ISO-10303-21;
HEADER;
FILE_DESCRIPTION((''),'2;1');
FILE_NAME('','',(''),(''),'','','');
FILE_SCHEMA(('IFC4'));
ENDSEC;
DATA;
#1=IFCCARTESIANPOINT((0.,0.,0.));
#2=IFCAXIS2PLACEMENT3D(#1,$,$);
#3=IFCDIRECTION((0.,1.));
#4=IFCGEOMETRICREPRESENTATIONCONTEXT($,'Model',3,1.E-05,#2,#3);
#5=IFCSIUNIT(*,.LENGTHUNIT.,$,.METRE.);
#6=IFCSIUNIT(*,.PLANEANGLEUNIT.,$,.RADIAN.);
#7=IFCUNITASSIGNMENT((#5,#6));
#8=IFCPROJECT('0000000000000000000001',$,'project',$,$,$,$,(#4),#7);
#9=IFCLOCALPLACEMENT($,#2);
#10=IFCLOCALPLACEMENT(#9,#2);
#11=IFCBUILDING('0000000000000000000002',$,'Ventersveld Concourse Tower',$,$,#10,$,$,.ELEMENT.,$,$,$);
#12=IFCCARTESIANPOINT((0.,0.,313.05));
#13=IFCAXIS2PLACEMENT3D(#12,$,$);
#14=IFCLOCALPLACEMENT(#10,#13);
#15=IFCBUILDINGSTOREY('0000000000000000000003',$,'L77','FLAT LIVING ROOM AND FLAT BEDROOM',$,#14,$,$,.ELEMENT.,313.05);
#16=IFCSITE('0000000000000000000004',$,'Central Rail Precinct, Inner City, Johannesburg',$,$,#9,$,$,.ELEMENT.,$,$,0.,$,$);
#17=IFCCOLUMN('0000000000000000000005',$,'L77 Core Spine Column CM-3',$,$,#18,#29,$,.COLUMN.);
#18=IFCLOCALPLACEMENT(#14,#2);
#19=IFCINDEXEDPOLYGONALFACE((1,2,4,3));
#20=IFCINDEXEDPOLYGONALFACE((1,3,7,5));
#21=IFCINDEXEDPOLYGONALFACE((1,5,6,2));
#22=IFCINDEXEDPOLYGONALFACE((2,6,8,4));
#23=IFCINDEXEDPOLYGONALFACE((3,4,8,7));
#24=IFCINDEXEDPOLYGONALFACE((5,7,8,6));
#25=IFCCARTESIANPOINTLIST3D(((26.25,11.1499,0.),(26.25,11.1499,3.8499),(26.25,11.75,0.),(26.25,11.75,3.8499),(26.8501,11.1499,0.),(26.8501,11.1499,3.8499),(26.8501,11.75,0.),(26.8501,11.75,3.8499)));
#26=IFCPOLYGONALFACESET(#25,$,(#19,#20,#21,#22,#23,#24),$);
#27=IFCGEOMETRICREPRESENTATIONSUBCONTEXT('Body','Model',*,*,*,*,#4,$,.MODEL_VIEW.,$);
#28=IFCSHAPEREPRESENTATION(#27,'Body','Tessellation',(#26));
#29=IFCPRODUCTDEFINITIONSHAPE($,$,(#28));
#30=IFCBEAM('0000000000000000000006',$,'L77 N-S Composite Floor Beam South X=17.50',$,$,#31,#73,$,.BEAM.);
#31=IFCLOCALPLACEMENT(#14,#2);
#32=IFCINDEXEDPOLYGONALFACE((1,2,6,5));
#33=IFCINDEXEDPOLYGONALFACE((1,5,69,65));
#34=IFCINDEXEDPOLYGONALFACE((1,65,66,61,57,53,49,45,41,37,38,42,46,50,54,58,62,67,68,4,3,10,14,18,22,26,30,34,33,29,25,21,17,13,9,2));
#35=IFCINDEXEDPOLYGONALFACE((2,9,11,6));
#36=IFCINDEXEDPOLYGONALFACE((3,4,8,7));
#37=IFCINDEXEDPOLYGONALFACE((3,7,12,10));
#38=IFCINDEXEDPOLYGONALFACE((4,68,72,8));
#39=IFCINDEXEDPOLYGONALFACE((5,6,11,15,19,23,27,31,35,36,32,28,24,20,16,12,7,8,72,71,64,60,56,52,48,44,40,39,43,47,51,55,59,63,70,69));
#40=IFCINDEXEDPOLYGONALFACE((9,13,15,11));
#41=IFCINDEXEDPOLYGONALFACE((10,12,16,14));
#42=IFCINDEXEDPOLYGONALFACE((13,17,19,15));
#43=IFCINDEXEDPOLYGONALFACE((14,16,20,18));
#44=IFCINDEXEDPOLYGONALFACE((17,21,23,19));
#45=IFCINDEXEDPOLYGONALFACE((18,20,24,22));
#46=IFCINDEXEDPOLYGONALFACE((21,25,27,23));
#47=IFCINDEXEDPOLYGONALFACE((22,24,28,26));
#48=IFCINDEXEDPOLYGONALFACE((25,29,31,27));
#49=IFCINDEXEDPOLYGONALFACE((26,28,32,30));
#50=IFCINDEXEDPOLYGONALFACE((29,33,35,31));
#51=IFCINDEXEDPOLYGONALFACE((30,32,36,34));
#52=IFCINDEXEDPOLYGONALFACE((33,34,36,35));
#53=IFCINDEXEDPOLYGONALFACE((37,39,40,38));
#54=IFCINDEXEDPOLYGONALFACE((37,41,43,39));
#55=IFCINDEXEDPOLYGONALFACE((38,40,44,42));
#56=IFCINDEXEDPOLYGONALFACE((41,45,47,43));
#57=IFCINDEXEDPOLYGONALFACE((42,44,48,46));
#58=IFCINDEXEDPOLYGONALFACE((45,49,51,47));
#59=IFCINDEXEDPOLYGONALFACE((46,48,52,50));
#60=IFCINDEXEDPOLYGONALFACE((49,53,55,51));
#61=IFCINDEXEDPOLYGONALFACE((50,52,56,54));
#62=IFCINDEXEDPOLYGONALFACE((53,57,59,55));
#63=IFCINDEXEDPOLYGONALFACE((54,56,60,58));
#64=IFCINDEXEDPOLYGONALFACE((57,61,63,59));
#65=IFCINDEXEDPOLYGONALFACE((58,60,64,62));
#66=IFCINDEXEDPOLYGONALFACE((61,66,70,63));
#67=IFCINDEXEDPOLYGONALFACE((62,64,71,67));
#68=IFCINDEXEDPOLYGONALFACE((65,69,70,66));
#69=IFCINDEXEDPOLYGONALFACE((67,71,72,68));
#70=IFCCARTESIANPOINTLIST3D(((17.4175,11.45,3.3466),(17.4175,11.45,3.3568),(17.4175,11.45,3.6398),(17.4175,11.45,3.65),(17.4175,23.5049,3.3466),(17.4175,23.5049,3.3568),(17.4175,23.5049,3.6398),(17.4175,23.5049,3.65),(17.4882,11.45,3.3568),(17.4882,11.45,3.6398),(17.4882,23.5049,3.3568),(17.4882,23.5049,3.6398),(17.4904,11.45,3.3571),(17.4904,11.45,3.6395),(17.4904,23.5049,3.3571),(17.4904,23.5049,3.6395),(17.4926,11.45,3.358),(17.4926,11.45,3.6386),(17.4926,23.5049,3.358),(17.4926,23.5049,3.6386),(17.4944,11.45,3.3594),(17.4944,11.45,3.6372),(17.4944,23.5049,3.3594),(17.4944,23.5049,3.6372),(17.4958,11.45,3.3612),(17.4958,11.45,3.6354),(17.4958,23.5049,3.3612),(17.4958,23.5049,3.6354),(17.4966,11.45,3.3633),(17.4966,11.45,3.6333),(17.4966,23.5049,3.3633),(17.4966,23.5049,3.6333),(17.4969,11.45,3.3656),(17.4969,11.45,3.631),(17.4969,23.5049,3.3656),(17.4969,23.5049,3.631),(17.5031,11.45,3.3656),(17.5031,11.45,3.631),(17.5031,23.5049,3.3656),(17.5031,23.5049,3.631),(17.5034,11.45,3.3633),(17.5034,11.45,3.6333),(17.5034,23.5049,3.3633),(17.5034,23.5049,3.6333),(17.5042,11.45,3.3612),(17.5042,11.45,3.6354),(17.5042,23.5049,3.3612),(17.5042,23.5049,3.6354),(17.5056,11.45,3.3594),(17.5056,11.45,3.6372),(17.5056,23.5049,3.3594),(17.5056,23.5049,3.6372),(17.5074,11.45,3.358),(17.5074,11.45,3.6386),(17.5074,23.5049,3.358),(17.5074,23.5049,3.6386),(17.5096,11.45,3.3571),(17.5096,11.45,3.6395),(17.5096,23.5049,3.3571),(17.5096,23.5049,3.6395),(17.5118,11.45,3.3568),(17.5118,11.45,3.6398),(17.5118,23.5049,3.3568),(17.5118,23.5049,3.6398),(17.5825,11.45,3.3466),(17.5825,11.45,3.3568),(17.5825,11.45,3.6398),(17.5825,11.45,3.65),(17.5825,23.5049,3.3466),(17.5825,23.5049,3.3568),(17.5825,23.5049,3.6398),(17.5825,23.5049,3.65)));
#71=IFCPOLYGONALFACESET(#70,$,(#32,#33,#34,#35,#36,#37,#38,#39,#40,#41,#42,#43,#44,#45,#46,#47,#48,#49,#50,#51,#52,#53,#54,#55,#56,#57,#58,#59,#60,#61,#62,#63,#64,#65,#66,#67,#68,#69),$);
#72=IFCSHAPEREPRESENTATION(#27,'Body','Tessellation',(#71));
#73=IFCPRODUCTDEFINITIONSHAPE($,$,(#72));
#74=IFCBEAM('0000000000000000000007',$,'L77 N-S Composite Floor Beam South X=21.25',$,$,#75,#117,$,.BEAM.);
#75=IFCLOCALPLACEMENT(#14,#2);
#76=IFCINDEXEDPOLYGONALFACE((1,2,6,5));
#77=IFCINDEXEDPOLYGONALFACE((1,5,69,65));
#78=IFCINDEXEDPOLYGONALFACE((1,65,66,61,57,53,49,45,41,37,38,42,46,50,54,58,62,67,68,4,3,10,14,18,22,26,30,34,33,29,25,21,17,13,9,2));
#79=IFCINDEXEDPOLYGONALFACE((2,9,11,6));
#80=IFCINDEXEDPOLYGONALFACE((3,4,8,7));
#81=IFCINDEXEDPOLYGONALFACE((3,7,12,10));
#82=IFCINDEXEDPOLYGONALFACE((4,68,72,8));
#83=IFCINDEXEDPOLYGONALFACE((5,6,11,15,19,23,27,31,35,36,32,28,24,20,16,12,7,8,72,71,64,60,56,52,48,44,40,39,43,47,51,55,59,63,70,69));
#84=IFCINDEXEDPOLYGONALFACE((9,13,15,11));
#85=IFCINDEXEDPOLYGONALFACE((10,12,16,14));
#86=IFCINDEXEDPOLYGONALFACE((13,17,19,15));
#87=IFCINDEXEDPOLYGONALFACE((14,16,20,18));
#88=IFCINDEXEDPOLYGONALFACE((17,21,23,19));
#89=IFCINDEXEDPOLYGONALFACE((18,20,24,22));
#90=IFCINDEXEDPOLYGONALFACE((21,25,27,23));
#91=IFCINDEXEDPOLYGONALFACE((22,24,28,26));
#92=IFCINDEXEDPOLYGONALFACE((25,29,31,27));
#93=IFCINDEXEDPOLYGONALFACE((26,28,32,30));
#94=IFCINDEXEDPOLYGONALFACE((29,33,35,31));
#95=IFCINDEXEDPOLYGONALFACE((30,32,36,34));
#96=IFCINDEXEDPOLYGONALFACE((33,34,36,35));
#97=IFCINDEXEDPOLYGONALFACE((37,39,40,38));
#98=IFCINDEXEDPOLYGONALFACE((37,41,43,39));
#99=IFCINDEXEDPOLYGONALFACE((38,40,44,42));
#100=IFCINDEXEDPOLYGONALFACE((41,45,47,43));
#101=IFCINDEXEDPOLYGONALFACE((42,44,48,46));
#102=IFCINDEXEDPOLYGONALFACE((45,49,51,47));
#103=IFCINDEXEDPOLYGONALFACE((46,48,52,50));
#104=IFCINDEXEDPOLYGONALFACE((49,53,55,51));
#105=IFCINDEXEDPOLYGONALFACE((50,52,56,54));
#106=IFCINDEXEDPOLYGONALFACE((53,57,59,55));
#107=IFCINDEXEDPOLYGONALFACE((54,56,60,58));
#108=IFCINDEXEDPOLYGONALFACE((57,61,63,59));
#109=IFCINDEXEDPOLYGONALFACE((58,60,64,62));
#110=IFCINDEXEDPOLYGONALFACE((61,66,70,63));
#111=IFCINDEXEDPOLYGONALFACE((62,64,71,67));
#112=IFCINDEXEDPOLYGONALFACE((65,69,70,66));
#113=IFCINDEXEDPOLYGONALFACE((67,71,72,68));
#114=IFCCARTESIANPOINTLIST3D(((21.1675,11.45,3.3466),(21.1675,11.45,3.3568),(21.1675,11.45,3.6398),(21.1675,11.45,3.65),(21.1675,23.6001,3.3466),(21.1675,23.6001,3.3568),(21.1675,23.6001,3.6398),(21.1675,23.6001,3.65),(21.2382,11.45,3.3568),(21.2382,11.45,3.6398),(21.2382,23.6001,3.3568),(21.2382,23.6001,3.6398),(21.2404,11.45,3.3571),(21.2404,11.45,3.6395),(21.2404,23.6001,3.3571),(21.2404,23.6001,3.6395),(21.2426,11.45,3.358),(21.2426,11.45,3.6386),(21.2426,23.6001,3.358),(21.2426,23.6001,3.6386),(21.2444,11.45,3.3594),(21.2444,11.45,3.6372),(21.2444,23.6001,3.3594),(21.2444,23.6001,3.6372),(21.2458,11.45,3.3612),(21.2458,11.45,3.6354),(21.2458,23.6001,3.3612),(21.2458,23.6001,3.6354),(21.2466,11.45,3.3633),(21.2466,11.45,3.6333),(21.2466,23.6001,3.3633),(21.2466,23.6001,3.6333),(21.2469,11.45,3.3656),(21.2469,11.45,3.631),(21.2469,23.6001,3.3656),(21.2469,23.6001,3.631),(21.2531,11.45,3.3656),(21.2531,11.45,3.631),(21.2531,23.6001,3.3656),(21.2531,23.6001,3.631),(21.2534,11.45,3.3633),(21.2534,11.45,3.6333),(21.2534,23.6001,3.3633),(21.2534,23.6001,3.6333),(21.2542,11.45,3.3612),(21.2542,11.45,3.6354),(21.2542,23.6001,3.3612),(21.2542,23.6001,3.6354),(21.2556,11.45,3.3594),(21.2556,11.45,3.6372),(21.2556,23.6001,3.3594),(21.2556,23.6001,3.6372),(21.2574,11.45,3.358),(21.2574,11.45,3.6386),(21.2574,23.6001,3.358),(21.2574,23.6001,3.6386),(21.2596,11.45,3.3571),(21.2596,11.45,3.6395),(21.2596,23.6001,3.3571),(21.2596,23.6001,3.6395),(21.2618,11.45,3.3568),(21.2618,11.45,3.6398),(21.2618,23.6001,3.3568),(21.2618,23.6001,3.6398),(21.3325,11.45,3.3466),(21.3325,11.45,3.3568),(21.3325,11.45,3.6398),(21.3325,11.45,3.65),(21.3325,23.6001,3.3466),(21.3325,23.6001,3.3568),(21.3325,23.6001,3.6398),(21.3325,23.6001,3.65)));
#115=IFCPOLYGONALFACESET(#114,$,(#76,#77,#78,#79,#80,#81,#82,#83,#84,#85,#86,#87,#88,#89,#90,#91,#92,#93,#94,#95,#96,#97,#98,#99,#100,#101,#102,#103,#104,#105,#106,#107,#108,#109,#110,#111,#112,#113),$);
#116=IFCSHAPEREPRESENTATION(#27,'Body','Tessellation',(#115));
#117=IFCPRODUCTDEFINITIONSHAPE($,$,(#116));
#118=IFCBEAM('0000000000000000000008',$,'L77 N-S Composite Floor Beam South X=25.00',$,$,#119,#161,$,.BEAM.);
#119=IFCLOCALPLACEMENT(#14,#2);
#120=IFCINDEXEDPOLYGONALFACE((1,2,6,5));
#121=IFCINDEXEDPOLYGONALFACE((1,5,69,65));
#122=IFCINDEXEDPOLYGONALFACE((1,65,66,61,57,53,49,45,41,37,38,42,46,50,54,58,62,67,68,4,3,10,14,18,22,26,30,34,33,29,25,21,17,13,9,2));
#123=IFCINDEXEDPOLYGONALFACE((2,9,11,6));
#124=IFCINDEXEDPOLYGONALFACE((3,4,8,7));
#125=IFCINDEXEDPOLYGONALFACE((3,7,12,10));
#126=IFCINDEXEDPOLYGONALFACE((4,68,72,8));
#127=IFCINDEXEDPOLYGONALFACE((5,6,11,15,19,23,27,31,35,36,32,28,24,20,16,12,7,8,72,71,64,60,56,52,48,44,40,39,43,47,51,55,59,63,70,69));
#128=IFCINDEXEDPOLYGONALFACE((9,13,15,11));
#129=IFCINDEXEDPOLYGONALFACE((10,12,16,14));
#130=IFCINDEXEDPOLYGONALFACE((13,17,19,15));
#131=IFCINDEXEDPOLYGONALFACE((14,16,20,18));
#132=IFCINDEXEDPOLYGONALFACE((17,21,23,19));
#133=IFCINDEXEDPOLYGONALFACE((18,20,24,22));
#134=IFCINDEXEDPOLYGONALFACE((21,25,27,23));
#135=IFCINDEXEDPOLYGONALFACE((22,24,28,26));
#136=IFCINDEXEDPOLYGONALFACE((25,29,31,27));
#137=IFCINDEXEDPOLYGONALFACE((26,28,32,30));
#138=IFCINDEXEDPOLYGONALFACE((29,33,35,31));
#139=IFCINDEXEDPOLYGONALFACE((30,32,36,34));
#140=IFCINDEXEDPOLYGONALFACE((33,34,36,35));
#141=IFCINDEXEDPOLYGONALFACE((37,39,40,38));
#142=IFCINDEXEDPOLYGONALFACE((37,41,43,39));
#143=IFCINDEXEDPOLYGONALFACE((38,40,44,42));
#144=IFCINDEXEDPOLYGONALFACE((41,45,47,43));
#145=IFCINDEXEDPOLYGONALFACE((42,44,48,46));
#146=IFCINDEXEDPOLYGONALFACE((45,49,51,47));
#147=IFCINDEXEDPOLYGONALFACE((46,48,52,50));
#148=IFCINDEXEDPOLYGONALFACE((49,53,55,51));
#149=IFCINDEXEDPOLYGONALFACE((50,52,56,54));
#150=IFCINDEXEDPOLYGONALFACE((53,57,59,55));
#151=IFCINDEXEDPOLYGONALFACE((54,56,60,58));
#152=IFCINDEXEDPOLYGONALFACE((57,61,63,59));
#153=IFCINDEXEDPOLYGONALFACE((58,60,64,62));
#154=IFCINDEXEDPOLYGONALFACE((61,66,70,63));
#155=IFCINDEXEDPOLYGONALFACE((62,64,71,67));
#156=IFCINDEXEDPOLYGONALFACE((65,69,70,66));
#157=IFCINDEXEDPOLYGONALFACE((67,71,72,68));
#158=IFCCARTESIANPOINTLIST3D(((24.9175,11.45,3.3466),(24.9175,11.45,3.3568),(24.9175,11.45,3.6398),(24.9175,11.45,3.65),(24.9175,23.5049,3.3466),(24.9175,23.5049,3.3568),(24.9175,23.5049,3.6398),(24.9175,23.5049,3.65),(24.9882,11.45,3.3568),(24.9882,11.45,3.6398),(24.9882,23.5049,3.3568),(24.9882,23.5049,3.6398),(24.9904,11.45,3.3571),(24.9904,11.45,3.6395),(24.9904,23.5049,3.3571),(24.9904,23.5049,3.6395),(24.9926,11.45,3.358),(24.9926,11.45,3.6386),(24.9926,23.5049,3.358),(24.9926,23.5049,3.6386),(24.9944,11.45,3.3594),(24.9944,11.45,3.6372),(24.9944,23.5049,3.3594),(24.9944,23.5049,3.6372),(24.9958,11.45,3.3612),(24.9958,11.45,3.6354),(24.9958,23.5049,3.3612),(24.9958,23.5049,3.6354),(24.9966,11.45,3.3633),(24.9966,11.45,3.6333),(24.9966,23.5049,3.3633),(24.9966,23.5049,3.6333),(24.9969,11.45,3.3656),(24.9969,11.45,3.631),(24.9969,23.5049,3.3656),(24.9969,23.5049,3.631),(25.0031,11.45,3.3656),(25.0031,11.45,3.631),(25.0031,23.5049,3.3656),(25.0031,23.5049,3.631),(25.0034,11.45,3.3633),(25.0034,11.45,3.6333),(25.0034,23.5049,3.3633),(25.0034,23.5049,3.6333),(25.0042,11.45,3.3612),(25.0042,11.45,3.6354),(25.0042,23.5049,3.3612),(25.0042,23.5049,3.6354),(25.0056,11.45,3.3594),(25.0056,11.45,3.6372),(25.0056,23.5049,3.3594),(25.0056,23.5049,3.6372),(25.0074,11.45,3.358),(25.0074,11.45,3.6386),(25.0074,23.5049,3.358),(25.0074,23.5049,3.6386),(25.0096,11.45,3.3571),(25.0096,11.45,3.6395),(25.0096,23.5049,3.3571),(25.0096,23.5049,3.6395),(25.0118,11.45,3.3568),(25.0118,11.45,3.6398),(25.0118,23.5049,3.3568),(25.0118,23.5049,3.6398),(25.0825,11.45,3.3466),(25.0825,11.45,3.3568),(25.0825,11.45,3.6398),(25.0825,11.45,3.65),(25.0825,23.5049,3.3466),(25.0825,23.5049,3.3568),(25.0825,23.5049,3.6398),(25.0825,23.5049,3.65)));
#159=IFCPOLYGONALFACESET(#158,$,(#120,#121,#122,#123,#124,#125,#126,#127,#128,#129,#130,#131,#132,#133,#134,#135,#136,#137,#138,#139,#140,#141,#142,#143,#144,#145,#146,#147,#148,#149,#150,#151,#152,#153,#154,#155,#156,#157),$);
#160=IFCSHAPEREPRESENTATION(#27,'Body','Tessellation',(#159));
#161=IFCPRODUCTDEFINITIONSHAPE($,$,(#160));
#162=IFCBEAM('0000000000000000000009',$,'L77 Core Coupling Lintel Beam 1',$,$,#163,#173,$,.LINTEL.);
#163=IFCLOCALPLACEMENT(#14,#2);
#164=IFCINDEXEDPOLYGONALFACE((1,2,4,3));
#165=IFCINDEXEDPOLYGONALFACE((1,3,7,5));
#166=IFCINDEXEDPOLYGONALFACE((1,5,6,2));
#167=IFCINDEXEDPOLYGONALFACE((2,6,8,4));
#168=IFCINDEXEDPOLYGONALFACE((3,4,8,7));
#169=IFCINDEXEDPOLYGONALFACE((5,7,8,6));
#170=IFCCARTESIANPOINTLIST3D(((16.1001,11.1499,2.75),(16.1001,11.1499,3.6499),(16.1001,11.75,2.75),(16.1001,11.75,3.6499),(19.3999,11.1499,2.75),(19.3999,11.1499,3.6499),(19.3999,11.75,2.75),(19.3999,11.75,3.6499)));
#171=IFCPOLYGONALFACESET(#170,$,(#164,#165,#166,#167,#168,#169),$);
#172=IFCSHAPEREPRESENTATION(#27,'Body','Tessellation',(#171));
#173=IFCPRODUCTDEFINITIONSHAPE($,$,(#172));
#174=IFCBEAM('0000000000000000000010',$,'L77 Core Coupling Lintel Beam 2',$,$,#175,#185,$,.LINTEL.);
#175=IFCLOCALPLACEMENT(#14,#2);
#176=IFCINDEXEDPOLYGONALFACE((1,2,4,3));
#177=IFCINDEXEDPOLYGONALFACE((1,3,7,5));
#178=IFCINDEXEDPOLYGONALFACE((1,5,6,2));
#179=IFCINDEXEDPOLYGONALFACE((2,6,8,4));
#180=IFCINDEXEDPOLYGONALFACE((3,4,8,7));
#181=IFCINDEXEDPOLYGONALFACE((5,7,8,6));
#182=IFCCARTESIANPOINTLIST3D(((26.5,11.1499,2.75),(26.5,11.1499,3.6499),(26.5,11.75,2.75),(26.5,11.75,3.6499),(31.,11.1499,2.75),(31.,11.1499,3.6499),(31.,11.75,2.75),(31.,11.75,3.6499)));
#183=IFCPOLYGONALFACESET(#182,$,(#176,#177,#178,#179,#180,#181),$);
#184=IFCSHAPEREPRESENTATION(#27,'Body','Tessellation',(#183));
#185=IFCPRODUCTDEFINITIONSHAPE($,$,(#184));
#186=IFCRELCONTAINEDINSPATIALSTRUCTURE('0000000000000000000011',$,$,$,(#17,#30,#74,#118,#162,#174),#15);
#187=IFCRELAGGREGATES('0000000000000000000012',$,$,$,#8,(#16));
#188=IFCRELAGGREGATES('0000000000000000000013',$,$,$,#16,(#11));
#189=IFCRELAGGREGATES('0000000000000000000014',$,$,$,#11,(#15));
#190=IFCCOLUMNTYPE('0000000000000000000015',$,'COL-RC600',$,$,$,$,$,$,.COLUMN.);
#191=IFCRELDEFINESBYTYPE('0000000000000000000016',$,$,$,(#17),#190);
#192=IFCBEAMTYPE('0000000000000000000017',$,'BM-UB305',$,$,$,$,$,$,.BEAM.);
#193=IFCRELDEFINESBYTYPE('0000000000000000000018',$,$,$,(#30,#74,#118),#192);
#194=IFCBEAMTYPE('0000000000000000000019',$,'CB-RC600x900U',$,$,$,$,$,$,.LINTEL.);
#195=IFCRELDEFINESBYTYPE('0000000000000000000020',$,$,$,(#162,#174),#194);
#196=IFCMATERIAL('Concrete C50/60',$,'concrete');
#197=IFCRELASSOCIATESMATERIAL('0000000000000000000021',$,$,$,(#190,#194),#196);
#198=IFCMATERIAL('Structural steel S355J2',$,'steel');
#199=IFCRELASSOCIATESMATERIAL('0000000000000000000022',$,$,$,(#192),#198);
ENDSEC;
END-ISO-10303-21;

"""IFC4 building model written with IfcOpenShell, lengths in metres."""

from ifc_helpers import new_model, si_unit, direction, frame, origin, origin_2d, place, context, subcontext, project, spatial, rectangle, i_section, extrude, material, material_profile, profile_set, type_object, element, save


model = new_model("IFC4")

# Units and contexts
model_context = context("Model", 3, precision=1e-05, world=origin(), true_north=direction((0.0, 1.0)))
body_context = subcontext(model_context, "Body", "Model", "MODEL_VIEW")
ifc_project = project(units=[si_unit("LENGTHUNIT", "METRE"), si_unit("PLANEANGLEUNIT", "RADIAN")], contexts=[model_context])

# Site, building, storey
site_placement = place(None, origin())
site = spatial("IfcSite", under=ifc_project, at=site_placement, Name="Central Rail Precinct, Inner City, Johannesburg", CompositionType="ELEMENT", RefElevation=0.0)
building_placement = place(site_placement, origin())
building = spatial("IfcBuilding", under=site, at=building_placement, Name="Ventersveld Concourse Tower", CompositionType="ELEMENT")
storey_placement = place(building_placement, frame((0.0, 0.0, 313.05)))
storey = spatial("IfcBuildingStorey", under=building, at=storey_placement, Name="L77", Description="FLAT LIVING ROOM AND FLAT BEDROOM", CompositionType="ELEMENT", Elevation=313.05)

# Column
ifc_material_1 = material(Name="Concrete C50/60", Category="concrete")
ifc_material_profile_1 = material_profile(ifc_material_1, rectangle(XDim=0.6001, YDim=0.6001, at=origin_2d()), Name="RC 600x600")
ifc_profile_set_1 = profile_set([ifc_material_profile_1], Name="Concrete C50/60")
column_type = type_object("IfcColumnType", Name="COL-RC600", PredefinedType="COLUMN", material=ifc_profile_set_1)
column_placement = place(storey_placement, frame((26.55, 11.45, 0.0), z_axis=(0.0, 0.0, 1.0), x_axis=(1.0, 0.0, 0.0)))
element("IfcColumn", 1, at=column_placement, inside=storey, type_object=column_type, Name="L77 Core Spine Column CM-3", PredefinedType="COLUMN", context=body_context, shape_type="SweptSolid", body=[
    extrude(rectangle(XDim=0.6001, YDim=0.6001, at=origin_2d()), origin(), (0.0, 0.0, 1.0), 3.8499),
])

# Beams
ifc_material_2 = material(Name="Structural steel S355J2", Category="steel")
ifc_material_profile_2 = material_profile(ifc_material_2, i_section(OverallWidth=0.165, OverallDepth=0.3035, WebThickness=0.0061, FlangeThickness=0.0103, FilletRadius=0.0088, at=origin_2d()), Name="UB 305x165x40")
ifc_profile_set_2 = profile_set([ifc_material_profile_2], Name="Structural steel S355J2")
beam_type_1 = type_object("IfcBeamType", Name="BM-UB305", PredefinedType="BEAM", material=ifc_profile_set_2)
beam_1_placement = place(storey_placement, frame((17.5, 11.45, 3.4983), z_axis=(0.0, 1.0, 0.0), x_axis=(-1.0, 0.0, 0.0)))
element("IfcBeam", 2, at=beam_1_placement, inside=storey, type_object=beam_type_1, Name="L77 N-S Composite Floor Beam South X=17.50", PredefinedType="BEAM", context=body_context, shape_type="SweptSolid", body=[
    extrude(i_section(OverallWidth=0.165, OverallDepth=0.3035, WebThickness=0.0061, FlangeThickness=0.0103, FilletRadius=0.0088, at=origin_2d()), origin(), (0.0, 0.0, 1.0), 12.0549),
])
beam_2_placement = place(storey_placement, frame((21.25, 11.45, 3.4983), z_axis=(0.0, 1.0, 0.0), x_axis=(-1.0, 0.0, 0.0)))
element("IfcBeam", 3, at=beam_2_placement, inside=storey, type_object=beam_type_1, Name="L77 N-S Composite Floor Beam South X=21.25", PredefinedType="BEAM", context=body_context, shape_type="SweptSolid", body=[
    extrude(i_section(OverallWidth=0.165, OverallDepth=0.3035, WebThickness=0.0061, FlangeThickness=0.0103, FilletRadius=0.0088, at=origin_2d()), origin(), (0.0, 0.0, 1.0), 12.1501),
])
beam_3_placement = place(storey_placement, frame((25.0, 11.45, 3.4983), z_axis=(0.0, 1.0, 0.0), x_axis=(-1.0, 0.0, 0.0)))
element("IfcBeam", 4, at=beam_3_placement, inside=storey, type_object=beam_type_1, Name="L77 N-S Composite Floor Beam South X=25.00", PredefinedType="BEAM", context=body_context, shape_type="SweptSolid", body=[
    extrude(i_section(OverallWidth=0.165, OverallDepth=0.3035, WebThickness=0.0061, FlangeThickness=0.0103, FilletRadius=0.0088, at=origin_2d()), origin(), (0.0, 0.0, 1.0), 12.0549),
])
ifc_material_profile_3 = material_profile(ifc_material_1, rectangle(XDim=0.6001, YDim=0.8999, at=origin_2d()), Name="RC 600x900")
ifc_profile_set_3 = profile_set([ifc_material_profile_3], Name="Concrete C50/60")
beam_type_2 = type_object("IfcBeamType", Name="CB-RC600x900U", PredefinedType="LINTEL", material=ifc_profile_set_3)
beam_4_placement = place(storey_placement, frame((16.1001, 11.45, 3.2), z_axis=(1.0, 0.0, 0.0), x_axis=(0.0, 1.0, 0.0)))
element("IfcBeam", 5, at=beam_4_placement, inside=storey, type_object=beam_type_2, Name="L77 Core Coupling Lintel Beam 1", PredefinedType="LINTEL", context=body_context, shape_type="SweptSolid", body=[
    extrude(rectangle(XDim=0.6001, YDim=0.8999, at=origin_2d()), origin(), (0.0, 0.0, 1.0), 3.2998),
])
beam_5_placement = place(storey_placement, frame((26.5, 11.45, 3.2), z_axis=(1.0, 0.0, 0.0), x_axis=(0.0, 1.0, 0.0)))
element("IfcBeam", 6, at=beam_5_placement, inside=storey, type_object=beam_type_2, Name="L77 Core Coupling Lintel Beam 2", PredefinedType="LINTEL", context=body_context, shape_type="SweptSolid", body=[
    extrude(rectangle(XDim=0.6001, YDim=0.8999, at=origin_2d()), origin(), (0.0, 0.0, 1.0), 4.5),
])

save(model, "model.ifc")
